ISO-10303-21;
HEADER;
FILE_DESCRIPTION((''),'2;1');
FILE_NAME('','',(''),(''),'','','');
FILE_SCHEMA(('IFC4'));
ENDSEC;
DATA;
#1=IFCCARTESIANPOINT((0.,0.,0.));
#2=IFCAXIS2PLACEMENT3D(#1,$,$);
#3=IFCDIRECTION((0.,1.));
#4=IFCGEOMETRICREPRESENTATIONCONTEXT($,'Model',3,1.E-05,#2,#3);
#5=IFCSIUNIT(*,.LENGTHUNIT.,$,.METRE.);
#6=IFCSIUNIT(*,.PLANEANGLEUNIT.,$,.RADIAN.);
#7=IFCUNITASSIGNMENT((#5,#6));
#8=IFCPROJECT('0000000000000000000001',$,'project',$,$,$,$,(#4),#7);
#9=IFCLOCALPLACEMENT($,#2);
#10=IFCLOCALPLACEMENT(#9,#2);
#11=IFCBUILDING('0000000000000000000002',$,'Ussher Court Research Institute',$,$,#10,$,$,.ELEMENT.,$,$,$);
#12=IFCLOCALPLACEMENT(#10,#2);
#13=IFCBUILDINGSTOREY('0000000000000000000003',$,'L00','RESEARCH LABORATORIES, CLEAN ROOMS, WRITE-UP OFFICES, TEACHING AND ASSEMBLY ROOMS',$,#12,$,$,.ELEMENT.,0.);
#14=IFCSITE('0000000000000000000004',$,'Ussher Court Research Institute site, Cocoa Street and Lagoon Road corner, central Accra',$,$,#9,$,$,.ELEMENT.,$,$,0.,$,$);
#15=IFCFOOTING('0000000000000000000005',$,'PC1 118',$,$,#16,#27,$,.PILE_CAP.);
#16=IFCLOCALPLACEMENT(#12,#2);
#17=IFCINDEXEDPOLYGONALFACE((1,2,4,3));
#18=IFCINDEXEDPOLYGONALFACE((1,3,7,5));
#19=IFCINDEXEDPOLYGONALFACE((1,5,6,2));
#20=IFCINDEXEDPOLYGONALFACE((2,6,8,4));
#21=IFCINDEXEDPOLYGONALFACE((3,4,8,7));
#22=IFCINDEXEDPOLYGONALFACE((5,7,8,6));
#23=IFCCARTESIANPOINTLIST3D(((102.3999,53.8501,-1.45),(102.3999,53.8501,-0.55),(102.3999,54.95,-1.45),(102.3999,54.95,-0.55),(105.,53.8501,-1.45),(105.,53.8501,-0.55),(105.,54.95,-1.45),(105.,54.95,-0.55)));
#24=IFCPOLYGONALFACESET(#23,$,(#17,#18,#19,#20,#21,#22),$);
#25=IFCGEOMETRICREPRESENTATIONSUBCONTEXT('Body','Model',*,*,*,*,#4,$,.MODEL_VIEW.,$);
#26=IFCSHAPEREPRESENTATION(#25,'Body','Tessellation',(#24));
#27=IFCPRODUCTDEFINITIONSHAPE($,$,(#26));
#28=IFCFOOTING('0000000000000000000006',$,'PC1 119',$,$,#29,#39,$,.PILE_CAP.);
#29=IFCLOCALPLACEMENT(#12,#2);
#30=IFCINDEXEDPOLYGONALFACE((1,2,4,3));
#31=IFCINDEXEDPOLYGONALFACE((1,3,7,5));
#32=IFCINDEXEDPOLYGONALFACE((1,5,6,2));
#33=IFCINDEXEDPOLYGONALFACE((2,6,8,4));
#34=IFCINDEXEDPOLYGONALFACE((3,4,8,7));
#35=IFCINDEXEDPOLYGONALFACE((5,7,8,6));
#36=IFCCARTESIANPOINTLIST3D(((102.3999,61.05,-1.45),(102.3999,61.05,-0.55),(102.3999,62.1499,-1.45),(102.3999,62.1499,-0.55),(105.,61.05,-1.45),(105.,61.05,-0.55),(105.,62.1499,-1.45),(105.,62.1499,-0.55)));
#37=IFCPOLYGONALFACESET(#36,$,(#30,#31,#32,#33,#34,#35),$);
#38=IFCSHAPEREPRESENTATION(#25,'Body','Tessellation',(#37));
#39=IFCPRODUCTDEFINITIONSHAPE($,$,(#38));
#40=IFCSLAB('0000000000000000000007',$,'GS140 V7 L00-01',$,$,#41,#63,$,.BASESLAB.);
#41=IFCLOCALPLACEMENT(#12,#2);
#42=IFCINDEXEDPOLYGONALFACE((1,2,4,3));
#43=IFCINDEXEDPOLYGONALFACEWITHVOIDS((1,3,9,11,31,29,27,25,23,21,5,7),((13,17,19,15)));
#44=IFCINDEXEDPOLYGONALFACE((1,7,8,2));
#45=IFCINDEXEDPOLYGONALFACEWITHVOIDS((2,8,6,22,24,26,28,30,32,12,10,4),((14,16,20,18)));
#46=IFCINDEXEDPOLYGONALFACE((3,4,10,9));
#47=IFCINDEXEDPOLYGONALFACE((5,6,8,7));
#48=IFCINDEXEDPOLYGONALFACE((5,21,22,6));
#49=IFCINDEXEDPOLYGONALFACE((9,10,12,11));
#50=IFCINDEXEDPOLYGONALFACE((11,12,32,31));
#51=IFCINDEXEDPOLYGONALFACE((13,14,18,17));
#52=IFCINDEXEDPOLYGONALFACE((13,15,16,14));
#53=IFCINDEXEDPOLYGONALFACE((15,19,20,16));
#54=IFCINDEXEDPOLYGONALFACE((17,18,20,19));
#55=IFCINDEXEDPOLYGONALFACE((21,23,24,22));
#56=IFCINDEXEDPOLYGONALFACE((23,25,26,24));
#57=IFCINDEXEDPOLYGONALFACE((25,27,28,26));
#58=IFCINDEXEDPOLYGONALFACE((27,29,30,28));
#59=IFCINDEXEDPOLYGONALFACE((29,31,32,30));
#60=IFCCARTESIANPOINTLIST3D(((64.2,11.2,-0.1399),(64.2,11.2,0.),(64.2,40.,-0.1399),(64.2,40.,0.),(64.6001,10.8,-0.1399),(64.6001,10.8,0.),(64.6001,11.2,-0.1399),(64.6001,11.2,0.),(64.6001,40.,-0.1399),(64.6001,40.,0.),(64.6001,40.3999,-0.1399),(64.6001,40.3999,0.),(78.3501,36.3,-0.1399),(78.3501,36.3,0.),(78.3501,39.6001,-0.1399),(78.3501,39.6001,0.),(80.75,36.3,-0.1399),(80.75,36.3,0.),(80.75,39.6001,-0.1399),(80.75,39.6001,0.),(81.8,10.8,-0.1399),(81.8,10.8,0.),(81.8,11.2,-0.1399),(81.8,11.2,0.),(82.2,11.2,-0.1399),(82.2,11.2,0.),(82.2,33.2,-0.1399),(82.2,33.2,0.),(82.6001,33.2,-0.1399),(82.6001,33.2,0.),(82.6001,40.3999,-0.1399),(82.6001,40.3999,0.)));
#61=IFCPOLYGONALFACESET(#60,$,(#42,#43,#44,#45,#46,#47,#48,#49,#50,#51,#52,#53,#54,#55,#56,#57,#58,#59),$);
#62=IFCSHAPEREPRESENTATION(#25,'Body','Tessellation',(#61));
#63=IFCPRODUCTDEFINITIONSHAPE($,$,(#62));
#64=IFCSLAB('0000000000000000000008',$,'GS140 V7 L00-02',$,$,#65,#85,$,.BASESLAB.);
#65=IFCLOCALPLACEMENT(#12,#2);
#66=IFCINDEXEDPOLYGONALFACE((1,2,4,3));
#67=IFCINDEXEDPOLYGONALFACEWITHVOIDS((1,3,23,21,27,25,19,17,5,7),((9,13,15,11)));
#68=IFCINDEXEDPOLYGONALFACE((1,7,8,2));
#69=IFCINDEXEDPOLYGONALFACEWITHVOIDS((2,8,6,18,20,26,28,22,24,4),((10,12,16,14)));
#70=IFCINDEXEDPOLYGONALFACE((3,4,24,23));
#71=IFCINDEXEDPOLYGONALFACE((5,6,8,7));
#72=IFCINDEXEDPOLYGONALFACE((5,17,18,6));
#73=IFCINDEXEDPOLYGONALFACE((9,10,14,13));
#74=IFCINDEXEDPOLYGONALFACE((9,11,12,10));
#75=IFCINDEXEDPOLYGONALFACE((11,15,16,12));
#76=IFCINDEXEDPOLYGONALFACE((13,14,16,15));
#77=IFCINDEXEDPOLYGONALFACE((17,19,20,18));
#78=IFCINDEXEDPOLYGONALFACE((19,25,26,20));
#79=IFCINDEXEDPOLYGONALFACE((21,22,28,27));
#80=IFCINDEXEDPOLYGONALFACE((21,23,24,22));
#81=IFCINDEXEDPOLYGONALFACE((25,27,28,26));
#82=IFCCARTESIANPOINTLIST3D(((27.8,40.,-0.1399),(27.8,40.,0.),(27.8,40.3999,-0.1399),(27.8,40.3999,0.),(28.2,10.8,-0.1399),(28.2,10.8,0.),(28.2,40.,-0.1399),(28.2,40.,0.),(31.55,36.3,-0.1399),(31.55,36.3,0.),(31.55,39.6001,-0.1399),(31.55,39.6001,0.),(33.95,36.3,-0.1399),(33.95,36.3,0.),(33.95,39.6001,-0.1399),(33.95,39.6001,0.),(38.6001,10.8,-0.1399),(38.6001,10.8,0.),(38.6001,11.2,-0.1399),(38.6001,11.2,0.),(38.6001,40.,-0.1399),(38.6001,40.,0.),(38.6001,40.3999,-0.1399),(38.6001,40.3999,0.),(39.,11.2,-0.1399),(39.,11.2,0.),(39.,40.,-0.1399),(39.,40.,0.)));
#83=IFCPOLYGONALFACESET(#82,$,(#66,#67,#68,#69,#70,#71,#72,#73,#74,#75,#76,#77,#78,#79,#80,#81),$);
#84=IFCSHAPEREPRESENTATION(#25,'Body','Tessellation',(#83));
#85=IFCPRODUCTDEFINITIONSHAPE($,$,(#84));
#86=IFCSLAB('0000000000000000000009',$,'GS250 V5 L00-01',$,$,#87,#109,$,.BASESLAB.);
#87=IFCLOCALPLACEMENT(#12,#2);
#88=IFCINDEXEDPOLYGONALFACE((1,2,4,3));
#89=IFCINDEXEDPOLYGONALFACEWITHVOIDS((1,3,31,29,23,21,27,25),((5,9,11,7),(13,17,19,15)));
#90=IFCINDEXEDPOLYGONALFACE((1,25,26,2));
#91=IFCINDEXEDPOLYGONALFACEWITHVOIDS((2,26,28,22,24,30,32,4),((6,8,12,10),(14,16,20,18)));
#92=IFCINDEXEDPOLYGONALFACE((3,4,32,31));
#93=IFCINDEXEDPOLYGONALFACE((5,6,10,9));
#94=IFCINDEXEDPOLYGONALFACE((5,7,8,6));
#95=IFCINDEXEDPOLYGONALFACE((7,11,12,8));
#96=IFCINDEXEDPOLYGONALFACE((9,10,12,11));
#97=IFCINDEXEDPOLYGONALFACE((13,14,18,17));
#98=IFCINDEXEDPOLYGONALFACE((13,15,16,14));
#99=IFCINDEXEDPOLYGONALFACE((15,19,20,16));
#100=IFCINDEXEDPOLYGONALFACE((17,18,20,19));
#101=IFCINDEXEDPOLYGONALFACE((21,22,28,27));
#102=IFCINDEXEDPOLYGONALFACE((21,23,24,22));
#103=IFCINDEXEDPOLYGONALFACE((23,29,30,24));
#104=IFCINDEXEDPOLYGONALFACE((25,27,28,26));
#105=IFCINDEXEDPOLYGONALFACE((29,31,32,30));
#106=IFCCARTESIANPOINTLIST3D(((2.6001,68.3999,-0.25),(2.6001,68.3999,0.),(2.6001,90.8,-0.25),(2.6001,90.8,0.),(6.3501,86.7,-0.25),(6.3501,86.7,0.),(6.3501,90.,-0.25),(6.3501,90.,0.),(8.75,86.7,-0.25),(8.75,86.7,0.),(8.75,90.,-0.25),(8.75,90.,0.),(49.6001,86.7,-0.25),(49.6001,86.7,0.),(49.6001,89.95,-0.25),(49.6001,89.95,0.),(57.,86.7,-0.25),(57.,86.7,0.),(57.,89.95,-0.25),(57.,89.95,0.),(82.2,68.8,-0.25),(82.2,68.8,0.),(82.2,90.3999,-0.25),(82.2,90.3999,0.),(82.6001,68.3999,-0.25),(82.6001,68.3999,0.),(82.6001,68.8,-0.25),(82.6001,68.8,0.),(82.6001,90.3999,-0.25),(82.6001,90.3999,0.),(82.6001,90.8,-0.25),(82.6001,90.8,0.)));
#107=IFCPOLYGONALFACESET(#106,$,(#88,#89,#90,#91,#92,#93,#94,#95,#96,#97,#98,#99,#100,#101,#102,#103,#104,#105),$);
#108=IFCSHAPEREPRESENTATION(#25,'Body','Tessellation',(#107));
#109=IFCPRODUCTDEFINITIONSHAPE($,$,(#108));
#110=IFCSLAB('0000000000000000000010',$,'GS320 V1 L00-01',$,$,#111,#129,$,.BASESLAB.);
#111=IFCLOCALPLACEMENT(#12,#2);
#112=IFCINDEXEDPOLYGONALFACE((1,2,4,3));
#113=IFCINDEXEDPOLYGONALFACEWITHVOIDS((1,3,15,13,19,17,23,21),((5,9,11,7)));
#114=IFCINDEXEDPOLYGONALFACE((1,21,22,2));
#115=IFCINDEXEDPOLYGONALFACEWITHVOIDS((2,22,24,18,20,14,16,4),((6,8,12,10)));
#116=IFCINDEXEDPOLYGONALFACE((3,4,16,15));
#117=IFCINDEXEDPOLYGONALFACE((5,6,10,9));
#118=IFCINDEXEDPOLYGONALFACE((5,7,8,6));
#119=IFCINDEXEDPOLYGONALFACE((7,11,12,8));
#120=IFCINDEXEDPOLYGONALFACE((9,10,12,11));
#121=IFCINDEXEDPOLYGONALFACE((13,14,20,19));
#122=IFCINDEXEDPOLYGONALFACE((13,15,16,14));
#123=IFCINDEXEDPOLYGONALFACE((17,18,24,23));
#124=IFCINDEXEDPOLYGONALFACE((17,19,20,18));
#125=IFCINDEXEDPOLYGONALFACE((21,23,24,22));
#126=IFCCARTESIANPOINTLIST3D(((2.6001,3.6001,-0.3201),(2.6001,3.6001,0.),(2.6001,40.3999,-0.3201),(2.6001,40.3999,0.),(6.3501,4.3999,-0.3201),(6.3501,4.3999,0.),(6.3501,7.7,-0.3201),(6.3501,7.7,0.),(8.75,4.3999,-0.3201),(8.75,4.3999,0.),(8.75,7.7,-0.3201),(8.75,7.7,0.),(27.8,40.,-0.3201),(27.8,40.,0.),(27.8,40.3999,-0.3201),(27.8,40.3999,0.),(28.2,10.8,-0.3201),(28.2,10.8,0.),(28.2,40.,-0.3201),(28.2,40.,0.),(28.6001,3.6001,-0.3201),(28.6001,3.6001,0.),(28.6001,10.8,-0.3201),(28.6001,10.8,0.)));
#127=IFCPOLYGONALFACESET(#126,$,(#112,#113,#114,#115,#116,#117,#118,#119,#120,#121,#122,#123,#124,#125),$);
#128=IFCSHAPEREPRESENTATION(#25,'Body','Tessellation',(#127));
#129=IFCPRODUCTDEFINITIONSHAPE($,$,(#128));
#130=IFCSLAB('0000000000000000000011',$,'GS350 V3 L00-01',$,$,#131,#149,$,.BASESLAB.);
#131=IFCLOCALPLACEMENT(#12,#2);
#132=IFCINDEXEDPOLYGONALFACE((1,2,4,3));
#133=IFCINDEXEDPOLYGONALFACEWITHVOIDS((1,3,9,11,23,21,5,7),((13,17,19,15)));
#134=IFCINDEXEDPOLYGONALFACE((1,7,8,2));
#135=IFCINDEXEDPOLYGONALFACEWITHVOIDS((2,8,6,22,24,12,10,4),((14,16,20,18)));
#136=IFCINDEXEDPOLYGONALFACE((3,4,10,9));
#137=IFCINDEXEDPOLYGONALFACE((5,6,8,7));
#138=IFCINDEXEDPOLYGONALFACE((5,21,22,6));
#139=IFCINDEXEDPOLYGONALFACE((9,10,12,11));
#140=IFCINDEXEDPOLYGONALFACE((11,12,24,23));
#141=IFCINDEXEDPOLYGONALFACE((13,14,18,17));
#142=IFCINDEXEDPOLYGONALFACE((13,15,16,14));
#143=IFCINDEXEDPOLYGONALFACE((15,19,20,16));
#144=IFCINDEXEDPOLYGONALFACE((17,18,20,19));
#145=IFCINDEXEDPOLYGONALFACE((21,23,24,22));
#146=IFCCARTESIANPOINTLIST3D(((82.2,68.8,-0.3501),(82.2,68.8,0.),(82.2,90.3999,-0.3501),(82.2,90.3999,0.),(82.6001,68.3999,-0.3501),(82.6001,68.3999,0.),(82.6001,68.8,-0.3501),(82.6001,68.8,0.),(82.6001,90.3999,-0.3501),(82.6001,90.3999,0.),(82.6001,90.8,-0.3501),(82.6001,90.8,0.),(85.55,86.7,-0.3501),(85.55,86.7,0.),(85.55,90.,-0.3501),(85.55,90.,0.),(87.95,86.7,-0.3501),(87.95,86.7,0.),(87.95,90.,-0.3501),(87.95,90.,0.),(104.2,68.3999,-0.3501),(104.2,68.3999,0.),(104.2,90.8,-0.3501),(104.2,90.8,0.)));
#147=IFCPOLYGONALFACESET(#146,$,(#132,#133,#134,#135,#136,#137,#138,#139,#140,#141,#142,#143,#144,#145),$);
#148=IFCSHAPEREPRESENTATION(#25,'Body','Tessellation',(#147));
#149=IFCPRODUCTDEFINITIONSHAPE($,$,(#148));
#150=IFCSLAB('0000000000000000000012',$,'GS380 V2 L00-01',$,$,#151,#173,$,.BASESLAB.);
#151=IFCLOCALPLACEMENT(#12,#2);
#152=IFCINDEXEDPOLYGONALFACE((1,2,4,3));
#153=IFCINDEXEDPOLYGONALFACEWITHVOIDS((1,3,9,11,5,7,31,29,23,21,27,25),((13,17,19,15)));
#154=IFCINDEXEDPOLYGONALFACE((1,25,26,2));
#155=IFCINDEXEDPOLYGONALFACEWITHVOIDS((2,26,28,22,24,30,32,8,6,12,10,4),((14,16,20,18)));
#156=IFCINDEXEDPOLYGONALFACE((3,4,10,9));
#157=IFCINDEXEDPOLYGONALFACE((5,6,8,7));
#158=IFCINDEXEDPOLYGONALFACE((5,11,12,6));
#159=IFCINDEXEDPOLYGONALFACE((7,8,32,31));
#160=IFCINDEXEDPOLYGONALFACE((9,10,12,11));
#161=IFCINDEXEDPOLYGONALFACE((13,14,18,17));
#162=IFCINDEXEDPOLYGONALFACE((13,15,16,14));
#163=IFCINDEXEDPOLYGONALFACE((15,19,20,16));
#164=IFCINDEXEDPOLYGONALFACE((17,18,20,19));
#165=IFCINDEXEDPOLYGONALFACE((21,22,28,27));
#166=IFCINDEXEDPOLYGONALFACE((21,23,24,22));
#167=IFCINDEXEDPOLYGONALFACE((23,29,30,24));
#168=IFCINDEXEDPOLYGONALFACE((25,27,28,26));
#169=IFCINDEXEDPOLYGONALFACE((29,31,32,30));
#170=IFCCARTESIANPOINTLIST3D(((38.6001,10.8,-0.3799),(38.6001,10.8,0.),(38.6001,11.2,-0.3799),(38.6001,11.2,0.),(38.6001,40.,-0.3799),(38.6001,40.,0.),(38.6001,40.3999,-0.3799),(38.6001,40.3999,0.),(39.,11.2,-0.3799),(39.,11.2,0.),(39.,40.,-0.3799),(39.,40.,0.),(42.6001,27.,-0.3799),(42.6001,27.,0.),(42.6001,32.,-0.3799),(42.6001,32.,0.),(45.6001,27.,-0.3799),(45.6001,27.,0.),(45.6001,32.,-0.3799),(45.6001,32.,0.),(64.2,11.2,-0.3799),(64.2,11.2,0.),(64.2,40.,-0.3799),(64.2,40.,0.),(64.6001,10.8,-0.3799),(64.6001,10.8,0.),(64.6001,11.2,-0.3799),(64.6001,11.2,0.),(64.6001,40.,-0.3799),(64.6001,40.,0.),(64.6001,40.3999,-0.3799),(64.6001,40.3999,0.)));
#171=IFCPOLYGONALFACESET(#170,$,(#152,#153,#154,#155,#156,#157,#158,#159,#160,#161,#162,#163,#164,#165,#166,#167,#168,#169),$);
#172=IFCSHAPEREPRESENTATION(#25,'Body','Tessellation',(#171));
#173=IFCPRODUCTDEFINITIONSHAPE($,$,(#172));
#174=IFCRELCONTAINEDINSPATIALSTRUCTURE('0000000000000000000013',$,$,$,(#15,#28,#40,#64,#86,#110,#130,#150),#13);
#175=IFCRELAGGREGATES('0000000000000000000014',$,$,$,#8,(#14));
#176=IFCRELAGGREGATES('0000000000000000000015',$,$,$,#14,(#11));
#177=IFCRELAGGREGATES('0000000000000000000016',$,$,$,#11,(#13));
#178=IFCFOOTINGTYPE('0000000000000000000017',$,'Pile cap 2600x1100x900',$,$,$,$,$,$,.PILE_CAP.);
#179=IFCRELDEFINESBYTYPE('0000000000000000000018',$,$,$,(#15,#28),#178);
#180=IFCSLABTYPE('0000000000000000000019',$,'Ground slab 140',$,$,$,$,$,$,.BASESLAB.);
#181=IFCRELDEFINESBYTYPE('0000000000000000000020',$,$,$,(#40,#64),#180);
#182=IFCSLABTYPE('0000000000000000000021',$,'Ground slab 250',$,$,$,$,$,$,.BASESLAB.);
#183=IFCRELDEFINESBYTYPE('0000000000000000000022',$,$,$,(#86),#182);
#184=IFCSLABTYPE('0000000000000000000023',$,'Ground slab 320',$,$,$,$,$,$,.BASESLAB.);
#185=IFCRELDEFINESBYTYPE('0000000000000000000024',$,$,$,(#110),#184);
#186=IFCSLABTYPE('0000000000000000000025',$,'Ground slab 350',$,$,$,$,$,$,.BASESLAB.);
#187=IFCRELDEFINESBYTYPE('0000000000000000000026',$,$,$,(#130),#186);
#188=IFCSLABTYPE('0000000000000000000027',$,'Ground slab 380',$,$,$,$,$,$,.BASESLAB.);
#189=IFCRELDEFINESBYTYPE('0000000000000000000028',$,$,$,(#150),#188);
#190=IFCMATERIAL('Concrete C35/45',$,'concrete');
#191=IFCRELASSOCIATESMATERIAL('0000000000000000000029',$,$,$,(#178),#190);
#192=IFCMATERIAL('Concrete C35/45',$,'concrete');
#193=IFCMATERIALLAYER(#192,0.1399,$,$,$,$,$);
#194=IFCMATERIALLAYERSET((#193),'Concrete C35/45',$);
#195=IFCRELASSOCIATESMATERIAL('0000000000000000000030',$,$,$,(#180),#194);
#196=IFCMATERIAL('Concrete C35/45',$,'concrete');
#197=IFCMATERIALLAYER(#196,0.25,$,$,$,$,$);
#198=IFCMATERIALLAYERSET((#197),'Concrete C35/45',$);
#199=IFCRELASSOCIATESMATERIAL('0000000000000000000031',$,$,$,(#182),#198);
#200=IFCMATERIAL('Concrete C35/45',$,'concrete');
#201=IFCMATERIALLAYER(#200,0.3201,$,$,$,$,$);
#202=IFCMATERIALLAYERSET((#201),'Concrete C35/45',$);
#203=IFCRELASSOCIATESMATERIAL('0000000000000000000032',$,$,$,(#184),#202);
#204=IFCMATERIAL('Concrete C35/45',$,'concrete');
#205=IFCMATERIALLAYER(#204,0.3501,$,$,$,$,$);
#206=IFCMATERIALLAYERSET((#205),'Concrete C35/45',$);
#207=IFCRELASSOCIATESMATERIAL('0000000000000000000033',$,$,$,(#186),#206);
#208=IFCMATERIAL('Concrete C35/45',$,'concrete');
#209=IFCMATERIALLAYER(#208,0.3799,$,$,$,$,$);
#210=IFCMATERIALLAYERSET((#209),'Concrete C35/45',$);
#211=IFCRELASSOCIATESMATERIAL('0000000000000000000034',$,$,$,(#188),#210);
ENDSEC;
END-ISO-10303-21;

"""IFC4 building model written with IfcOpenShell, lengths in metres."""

from ifc_helpers import new_model, si_unit, direction, frame, origin, place, context, subcontext, project, spatial, polyline, outline, extrude, material, layer, layer_set, type_object, element, save


model = new_model("IFC4")

# Units and contexts
model_context = context("Model", 3, precision=1e-05, world=origin(), true_north=direction((0.0, 1.0)))
body_context = subcontext(model_context, "Body", "Model", "MODEL_VIEW")
ifc_project = project(units=[si_unit("LENGTHUNIT", "METRE"), si_unit("PLANEANGLEUNIT", "RADIAN")], contexts=[model_context])

# Site, building, storey
site_placement = place(None, origin())
site = spatial("IfcSite", under=ifc_project, at=site_placement, Name="Ussher Court Research Institute site, Cocoa Street and Lagoon Road corner, central Accra", CompositionType="ELEMENT", RefElevation=0.0)
building_placement = place(site_placement, origin())
building = spatial("IfcBuilding", under=site, at=building_placement, Name="Ussher Court Research Institute", CompositionType="ELEMENT")
storey_placement = place(building_placement, origin())
storey = spatial("IfcBuildingStorey", under=building, at=storey_placement, Name="L00", Description="RESEARCH LABORATORIES, CLEAN ROOMS, WRITE-UP OFFICES, TEACHING AND ASSEMBLY ROOMS", CompositionType="ELEMENT", Elevation=0.0)

# Footings
ifc_material_1 = material(Name="Concrete C35/45", Category="concrete")
footing_type = type_object("IfcFootingType", Name="Pile cap 2600x1100x900", PredefinedType="PILE_CAP", material=ifc_material_1)
footing_1_placement = place(storey_placement, frame((0.0, 0.0, -1.45)))
element("IfcFooting", 1, at=footing_1_placement, inside=storey, type_object=footing_type, Name="PC1 118", PredefinedType="PILE_CAP", context=body_context, shape_type="SweptSolid", body=[
    extrude(outline(polyline([(102.3999, 53.8501), (105.0, 53.8501), (105.0, 54.95), (102.3999, 54.95), (102.3999, 53.8501)])), origin(), (0.0, 0.0, 1.0), 0.8999),
])
footing_2_placement = place(storey_placement, frame((0.0, 0.0, -1.45)))
element("IfcFooting", 2, at=footing_2_placement, inside=storey, type_object=footing_type, Name="PC1 119", PredefinedType="PILE_CAP", context=body_context, shape_type="SweptSolid", body=[
    extrude(outline(polyline([(102.3999, 61.05), (105.0, 61.05), (105.0, 62.1499), (102.3999, 62.1499), (102.3999, 61.05)])), origin(), (0.0, 0.0, 1.0), 0.8999),
])

# Slabs
ifc_material_2 = material(Name="Concrete C35/45", Category="concrete")
ifc_layer_1 = layer(ifc_material_2, 0.1399)
ifc_layer_set_1 = layer_set([ifc_layer_1], Name="Concrete C35/45")
slab_type_1 = type_object("IfcSlabType", Name="Ground slab 140", PredefinedType="BASESLAB", material=ifc_layer_set_1)
slab_1_placement = place(storey_placement, frame((0.0, 0.0, -0.1399)))
element("IfcSlab", 3, at=slab_1_placement, inside=storey, type_object=slab_type_1, Name="GS140 V7 L00-01", PredefinedType="BASESLAB", context=body_context, shape_type="SweptSolid", body=[
    extrude(outline(polyline([(64.6001, 40.0), (64.2, 40.0), (64.2, 11.2), (64.6001, 11.2), (64.6001, 10.8), (81.8, 10.8), (81.8, 11.2), (82.2, 11.2), (82.2, 33.2), (82.6001, 33.2), (82.6001, 40.3999), (64.6001, 40.3999), (64.6001, 40.0)]), holes=[polyline([(80.75, 39.6001), (80.75, 36.3), (78.3501, 36.3), (78.3501, 39.6001), (80.75, 39.6001)])]), origin(), (0.0, 0.0, 1.0), 0.1399),
])
slab_2_placement = place(storey_placement, frame((0.0, 0.0, -0.1399)))
element("IfcSlab", 4, at=slab_2_placement, inside=storey, type_object=slab_type_1, Name="GS140 V7 L00-02", PredefinedType="BASESLAB", context=body_context, shape_type="SweptSolid", body=[
    extrude(outline(polyline([(38.6001, 40.0), (38.6001, 40.3999), (27.8, 40.3999), (27.8, 40.0), (28.2, 40.0), (28.2, 10.8), (38.6001, 10.8), (38.6001, 11.2), (39.0, 11.2), (39.0, 40.0), (38.6001, 40.0)]), holes=[polyline([(33.95, 39.6001), (33.95, 36.3), (31.55, 36.3), (31.55, 39.6001), (33.95, 39.6001)])]), origin(), (0.0, 0.0, 1.0), 0.1399),
])
ifc_material_3 = material(Name="Concrete C35/45", Category="concrete")
ifc_layer_2 = layer(ifc_material_3, 0.25)
ifc_layer_set_2 = layer_set([ifc_layer_2], Name="Concrete C35/45")
slab_type_2 = type_object("IfcSlabType", Name="Ground slab 250", PredefinedType="BASESLAB", material=ifc_layer_set_2)
slab_3_placement = place(storey_placement, frame((0.0, 0.0, -0.25)))
element("IfcSlab", 5, at=slab_3_placement, inside=storey, type_object=slab_type_2, Name="GS250 V5 L00-01", PredefinedType="BASESLAB", context=body_context, shape_type="SweptSolid", body=[
    extrude(outline(polyline([(82.6001, 90.8), (2.6001, 90.8), (2.6001, 68.3999), (82.6001, 68.3999), (82.6001, 68.8), (82.2, 68.8), (82.2, 90.3999), (82.6001, 90.3999), (82.6001, 90.8)]), holes=[polyline([(57.0, 89.95), (57.0, 86.7), (49.6001, 86.7), (49.6001, 89.95), (57.0, 89.95)]), polyline([(8.75, 90.0), (8.75, 86.7), (6.3501, 86.7), (6.3501, 90.0), (8.75, 90.0)])]), origin(), (0.0, 0.0, 1.0), 0.25),
])
ifc_material_4 = material(Name="Concrete C35/45", Category="concrete")
ifc_layer_3 = layer(ifc_material_4, 0.3201)
ifc_layer_set_3 = layer_set([ifc_layer_3], Name="Concrete C35/45")
slab_type_3 = type_object("IfcSlabType", Name="Ground slab 320", PredefinedType="BASESLAB", material=ifc_layer_set_3)
slab_4_placement = place(storey_placement, frame((0.0, 0.0, -0.3201)))
element("IfcSlab", 6, at=slab_4_placement, inside=storey, type_object=slab_type_3, Name="GS320 V1 L00-01", PredefinedType="BASESLAB", context=body_context, shape_type="SweptSolid", body=[
    extrude(outline(polyline([(27.8, 40.3999), (2.6001, 40.3999), (2.6001, 3.6001), (28.6001, 3.6001), (28.6001, 10.8), (28.2, 10.8), (28.2, 40.0), (27.8, 40.0), (27.8, 40.3999)]), holes=[polyline([(8.75, 7.7), (8.75, 4.3999), (6.3501, 4.3999), (6.3501, 7.7), (8.75, 7.7)])]), origin(), (0.0, 0.0, 1.0), 0.3201),
])
ifc_material_5 = material(Name="Concrete C35/45", Category="concrete")
ifc_layer_4 = layer(ifc_material_5, 0.3501)
ifc_layer_set_4 = layer_set([ifc_layer_4], Name="Concrete C35/45")
slab_type_4 = type_object("IfcSlabType", Name="Ground slab 350", PredefinedType="BASESLAB", material=ifc_layer_set_4)
slab_5_placement = place(storey_placement, frame((0.0, 0.0, -0.3501)))
element("IfcSlab", 7, at=slab_5_placement, inside=storey, type_object=slab_type_4, Name="GS350 V3 L00-01", PredefinedType="BASESLAB", context=body_context, shape_type="SweptSolid", body=[
    extrude(outline(polyline([(82.6001, 90.3999), (82.2, 90.3999), (82.2, 68.8), (82.6001, 68.8), (82.6001, 68.3999), (104.2, 68.3999), (104.2, 90.8), (82.6001, 90.8), (82.6001, 90.3999)]), holes=[polyline([(87.95, 90.0), (87.95, 86.7), (85.55, 86.7), (85.55, 90.0), (87.95, 90.0)])]), origin(), (0.0, 0.0, 1.0), 0.3501),
])
ifc_material_6 = material(Name="Concrete C35/45", Category="concrete")
ifc_layer_5 = layer(ifc_material_6, 0.3799)
ifc_layer_set_5 = layer_set([ifc_layer_5], Name="Concrete C35/45")
slab_type_5 = type_object("IfcSlabType", Name="Ground slab 380", PredefinedType="BASESLAB", material=ifc_layer_set_5)
slab_6_placement = place(storey_placement, frame((0.0, 0.0, -0.3799)))
element("IfcSlab", 8, at=slab_6_placement, inside=storey, type_object=slab_type_5, Name="GS380 V2 L00-01", PredefinedType="BASESLAB", context=body_context, shape_type="SweptSolid", body=[
    extrude(outline(polyline([(39.0, 11.2), (38.6001, 11.2), (38.6001, 10.8), (64.6001, 10.8), (64.6001, 11.2), (64.2, 11.2), (64.2, 40.0), (64.6001, 40.0), (64.6001, 40.3999), (38.6001, 40.3999), (38.6001, 40.0), (39.0, 40.0), (39.0, 11.2)]), holes=[polyline([(45.6001, 32.0), (45.6001, 27.0), (42.6001, 27.0), (42.6001, 32.0), (45.6001, 32.0)])]), origin(), (0.0, 0.0, 1.0), 0.3799),
])

save(model, "model.ifc")
